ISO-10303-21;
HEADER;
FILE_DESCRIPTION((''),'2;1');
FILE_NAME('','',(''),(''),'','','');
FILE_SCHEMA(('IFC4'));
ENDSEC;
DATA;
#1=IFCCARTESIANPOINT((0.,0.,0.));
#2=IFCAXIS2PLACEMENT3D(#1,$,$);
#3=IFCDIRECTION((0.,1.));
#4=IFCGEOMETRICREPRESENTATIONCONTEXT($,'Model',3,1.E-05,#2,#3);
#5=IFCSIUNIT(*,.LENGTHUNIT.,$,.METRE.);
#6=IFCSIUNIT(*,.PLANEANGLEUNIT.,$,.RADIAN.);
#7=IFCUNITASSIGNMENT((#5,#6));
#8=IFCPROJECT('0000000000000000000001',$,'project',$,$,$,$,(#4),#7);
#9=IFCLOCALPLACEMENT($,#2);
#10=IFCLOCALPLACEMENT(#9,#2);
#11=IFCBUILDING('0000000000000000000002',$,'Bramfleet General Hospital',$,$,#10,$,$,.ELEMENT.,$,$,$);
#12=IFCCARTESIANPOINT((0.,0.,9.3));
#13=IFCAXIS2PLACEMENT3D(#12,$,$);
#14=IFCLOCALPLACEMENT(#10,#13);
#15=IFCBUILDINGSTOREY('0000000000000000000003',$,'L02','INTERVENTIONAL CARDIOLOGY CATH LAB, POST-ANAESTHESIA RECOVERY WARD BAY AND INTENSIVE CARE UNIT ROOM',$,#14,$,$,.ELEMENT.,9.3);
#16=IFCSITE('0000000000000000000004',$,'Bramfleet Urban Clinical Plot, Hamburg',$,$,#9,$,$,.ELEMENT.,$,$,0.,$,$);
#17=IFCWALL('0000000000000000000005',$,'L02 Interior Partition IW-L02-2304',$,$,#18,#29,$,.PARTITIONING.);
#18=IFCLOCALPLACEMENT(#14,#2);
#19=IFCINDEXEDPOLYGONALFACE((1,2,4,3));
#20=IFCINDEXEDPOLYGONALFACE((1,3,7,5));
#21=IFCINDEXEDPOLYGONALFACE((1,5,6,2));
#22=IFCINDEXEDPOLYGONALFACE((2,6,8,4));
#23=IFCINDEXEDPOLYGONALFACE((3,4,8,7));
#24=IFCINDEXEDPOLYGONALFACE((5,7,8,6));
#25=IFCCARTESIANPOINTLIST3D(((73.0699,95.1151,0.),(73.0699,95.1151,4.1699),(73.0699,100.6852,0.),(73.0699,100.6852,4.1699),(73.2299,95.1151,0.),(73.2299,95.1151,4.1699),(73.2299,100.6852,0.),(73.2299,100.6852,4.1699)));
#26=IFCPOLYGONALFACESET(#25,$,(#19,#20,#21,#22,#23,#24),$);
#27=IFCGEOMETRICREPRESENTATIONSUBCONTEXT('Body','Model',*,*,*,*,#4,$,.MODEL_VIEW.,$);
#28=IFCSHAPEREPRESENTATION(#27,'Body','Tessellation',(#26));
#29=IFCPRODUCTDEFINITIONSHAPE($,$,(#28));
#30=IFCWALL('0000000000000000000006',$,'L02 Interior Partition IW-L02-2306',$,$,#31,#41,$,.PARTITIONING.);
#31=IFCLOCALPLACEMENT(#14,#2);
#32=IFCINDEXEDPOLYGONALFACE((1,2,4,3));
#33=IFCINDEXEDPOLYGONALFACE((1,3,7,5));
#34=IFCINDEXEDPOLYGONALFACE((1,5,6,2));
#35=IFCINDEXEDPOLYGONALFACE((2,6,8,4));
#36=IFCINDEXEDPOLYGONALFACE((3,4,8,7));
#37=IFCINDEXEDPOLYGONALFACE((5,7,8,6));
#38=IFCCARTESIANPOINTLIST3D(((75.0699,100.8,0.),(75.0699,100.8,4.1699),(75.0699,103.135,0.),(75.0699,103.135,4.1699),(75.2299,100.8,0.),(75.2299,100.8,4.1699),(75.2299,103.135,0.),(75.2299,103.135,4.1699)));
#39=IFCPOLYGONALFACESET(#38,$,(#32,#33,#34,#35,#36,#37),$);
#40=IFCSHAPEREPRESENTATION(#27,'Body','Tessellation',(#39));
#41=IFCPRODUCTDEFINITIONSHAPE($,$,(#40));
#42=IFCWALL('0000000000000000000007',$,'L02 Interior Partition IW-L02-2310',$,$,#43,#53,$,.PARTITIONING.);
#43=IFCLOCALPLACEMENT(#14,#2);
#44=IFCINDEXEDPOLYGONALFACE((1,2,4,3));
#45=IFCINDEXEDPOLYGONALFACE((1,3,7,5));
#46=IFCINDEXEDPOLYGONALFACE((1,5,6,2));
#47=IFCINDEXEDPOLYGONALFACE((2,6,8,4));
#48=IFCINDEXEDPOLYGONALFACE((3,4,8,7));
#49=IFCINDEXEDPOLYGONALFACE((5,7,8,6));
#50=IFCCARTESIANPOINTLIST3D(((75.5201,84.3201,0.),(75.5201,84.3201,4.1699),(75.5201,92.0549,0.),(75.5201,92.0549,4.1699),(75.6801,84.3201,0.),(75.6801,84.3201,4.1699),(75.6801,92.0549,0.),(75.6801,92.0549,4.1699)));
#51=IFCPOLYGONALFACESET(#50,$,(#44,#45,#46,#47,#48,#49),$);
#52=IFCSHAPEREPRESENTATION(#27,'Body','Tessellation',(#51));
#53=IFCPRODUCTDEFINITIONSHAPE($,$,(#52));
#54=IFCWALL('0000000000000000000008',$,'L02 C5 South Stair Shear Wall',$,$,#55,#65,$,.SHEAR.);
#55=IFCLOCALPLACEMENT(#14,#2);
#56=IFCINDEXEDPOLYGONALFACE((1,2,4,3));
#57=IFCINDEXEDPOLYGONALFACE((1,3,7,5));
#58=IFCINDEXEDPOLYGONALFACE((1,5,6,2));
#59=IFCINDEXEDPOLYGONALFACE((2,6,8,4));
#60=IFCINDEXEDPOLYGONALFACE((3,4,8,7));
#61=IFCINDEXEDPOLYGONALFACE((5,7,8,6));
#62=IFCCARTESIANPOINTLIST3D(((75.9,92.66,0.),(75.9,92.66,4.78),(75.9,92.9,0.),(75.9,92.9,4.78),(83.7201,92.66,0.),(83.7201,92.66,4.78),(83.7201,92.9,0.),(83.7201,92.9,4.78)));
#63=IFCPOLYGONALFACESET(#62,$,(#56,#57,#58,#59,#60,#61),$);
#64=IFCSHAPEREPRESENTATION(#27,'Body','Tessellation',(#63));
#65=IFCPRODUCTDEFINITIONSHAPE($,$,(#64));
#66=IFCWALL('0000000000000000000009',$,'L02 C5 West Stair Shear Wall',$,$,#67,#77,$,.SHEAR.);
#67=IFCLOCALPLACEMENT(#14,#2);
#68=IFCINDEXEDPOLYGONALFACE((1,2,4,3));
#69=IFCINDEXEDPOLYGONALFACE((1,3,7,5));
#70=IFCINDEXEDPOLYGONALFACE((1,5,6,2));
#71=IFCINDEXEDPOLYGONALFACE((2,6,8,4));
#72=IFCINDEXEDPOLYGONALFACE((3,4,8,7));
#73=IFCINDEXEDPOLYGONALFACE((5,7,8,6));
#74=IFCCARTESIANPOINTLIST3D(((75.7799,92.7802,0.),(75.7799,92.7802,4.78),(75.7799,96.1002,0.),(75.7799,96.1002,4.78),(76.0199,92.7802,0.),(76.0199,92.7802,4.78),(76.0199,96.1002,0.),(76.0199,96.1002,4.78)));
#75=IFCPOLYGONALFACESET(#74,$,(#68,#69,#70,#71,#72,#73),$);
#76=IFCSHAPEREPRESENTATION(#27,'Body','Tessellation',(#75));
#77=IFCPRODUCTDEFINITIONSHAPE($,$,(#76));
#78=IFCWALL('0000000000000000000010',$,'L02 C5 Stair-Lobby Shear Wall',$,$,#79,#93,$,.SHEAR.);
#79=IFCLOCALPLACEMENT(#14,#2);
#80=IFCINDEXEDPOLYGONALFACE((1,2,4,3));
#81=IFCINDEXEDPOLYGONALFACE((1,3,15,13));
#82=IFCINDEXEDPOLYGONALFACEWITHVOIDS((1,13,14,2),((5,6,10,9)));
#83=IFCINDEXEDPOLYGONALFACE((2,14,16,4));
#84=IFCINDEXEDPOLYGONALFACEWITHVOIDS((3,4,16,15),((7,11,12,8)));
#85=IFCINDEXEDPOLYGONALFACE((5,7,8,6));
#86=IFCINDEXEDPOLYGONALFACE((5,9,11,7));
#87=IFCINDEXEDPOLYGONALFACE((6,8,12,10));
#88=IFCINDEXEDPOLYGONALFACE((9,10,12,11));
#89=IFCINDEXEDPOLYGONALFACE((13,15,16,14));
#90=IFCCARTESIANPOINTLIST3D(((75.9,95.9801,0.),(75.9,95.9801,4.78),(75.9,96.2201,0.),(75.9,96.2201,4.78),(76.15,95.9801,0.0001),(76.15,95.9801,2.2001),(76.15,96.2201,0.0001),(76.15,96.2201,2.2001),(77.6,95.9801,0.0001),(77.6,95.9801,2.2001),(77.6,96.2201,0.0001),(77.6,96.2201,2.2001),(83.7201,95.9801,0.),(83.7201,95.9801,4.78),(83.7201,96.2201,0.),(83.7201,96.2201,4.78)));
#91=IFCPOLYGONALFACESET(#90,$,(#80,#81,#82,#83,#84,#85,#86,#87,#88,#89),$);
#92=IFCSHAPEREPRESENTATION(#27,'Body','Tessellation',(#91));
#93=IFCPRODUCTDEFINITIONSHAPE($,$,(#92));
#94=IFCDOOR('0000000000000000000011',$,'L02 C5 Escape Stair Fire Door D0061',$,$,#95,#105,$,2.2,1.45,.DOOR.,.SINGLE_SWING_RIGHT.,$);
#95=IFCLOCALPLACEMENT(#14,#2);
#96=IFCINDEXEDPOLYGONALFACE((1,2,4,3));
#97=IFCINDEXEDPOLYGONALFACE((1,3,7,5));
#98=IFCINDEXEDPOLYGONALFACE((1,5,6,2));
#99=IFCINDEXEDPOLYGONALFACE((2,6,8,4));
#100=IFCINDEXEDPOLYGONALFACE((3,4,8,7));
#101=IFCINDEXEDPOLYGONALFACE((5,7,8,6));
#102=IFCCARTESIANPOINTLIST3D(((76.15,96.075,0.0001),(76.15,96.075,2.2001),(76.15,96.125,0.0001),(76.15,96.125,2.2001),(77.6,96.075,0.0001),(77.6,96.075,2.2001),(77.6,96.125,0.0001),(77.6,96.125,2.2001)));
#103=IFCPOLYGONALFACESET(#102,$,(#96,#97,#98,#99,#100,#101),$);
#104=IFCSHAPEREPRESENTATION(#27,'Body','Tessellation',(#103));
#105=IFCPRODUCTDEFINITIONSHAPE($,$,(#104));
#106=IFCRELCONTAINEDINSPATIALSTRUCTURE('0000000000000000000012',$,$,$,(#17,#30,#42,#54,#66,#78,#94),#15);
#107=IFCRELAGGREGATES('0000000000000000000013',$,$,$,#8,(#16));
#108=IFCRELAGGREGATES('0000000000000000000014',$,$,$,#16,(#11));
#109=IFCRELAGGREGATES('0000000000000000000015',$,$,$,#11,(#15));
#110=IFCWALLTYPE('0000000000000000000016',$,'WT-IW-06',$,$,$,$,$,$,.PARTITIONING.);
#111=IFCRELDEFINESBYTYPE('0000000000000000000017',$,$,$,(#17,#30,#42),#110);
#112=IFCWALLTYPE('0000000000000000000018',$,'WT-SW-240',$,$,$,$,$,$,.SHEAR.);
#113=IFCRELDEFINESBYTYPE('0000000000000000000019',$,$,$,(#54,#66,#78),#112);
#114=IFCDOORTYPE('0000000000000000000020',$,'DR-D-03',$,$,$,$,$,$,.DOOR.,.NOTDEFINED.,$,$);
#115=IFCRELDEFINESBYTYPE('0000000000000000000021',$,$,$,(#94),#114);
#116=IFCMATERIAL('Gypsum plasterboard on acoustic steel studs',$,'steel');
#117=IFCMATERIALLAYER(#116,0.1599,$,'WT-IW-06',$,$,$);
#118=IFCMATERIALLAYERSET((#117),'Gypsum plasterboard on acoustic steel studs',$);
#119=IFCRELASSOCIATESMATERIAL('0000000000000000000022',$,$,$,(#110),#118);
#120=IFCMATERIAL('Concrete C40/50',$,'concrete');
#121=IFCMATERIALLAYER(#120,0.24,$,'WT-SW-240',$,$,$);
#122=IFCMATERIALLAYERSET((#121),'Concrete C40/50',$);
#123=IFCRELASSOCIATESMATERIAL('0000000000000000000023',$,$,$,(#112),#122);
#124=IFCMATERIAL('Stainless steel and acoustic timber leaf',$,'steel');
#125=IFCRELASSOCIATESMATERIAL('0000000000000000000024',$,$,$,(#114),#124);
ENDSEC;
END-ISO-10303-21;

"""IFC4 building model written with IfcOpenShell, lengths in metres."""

from ifc_helpers import new_model, si_unit, direction, frame, frame_2d, origin, place, context, subcontext, project, spatial, rectangle, extrude, material, layer, layer_set, type_object, element, fill, save


model = new_model("IFC4")

# Units and contexts
model_context = context("Model", 3, precision=1e-05, world=origin(), true_north=direction((0.0, 1.0)))
body_context = subcontext(model_context, "Body", "Model", "MODEL_VIEW")
ifc_project = project(units=[si_unit("LENGTHUNIT", "METRE"), si_unit("PLANEANGLEUNIT", "RADIAN")], contexts=[model_context])

# Site, building, storey
site_placement = place(None, origin())
site = spatial("IfcSite", under=ifc_project, at=site_placement, Name="Bramfleet Urban Clinical Plot, Hamburg", CompositionType="ELEMENT", RefElevation=0.0)
building_placement = place(site_placement, origin())
building = spatial("IfcBuilding", under=site, at=building_placement, Name="Bramfleet General Hospital", CompositionType="ELEMENT")
storey_placement = place(building_placement, frame((0.0, 0.0, 9.3)))
storey = spatial("IfcBuildingStorey", under=building, at=storey_placement, Name="L02", Description="INTERVENTIONAL CARDIOLOGY CATH LAB, POST-ANAESTHESIA RECOVERY WARD BAY AND INTENSIVE CARE UNIT ROOM", CompositionType="ELEMENT", Elevation=9.3)

# Shared definitions
ifc_material_1 = material(Name="Concrete C40/50", Category="concrete")

# Shared definitions
ifc_material_2 = material(Name="Stainless steel and acoustic timber leaf", Category="steel")

# Shared definitions
ifc_material_3 = material(Name="Gypsum plasterboard on acoustic steel studs", Category="steel")
ifc_layer_1 = layer(ifc_material_3, 0.1599, Name="WT-IW-06")
ifc_layer_set_1 = layer_set([ifc_layer_1], Name="Gypsum plasterboard on acoustic steel studs")
wall_type_1 = type_object("IfcWallType", Name="WT-IW-06", PredefinedType="PARTITIONING", material=ifc_layer_set_1)

# Walls
wall_1_placement = place(storey_placement, frame((73.1499, 95.115, 0.0), z_axis=(0.0, 0.0, 1.0), x_axis=(0.0, 1.0, 0.0)))
element("IfcWall", 1, at=wall_1_placement, inside=storey, type_object=wall_type_1, Name="L02 Interior Partition IW-L02-2304", PredefinedType="PARTITIONING", context=body_context, shape_type="SweptSolid", body=[
    extrude(rectangle(XDim=5.5701, YDim=0.1599, at=frame_2d((2.7852, 0.0))), origin(), (0.0, 0.0, 1.0), 4.1699),
])
wall_2_placement = place(storey_placement, frame((75.1499, 100.8, 0.0), z_axis=(0.0, 0.0, 1.0), x_axis=(0.0, 1.0, 0.0)))
element("IfcWall", 2, at=wall_2_placement, inside=storey, type_object=wall_type_1, Name="L02 Interior Partition IW-L02-2306", PredefinedType="PARTITIONING", context=body_context, shape_type="SweptSolid", body=[
    extrude(rectangle(XDim=2.335, YDim=0.1599, at=frame_2d((1.1675, 0.0))), origin(), (0.0, 0.0, 1.0), 4.1699),
])
wall_3_placement = place(storey_placement, frame((75.6001, 84.3201, 0.0), z_axis=(0.0, 0.0, 1.0), x_axis=(0.0, 1.0, 0.0)))
element("IfcWall", 3, at=wall_3_placement, inside=storey, type_object=wall_type_1, Name="L02 Interior Partition IW-L02-2310", PredefinedType="PARTITIONING", context=body_context, shape_type="SweptSolid", body=[
    extrude(rectangle(XDim=7.7349, YDim=0.1599, at=frame_2d((3.8674, 0.0))), origin(), (0.0, 0.0, 1.0), 4.1699),
])
ifc_layer_2 = layer(ifc_material_1, 0.24, Name="WT-SW-240")
ifc_layer_set_2 = layer_set([ifc_layer_2], Name="Concrete C40/50")
wall_type_2 = type_object("IfcWallType", Name="WT-SW-240", PredefinedType="SHEAR", material=ifc_layer_set_2)
wall_4_placement = place(storey_placement, frame((75.8999, 92.78, 0.0), z_axis=(0.0, 0.0, 1.0), x_axis=(1.0, 0.0, 0.0)))
element("IfcWall", 4, at=wall_4_placement, inside=storey, type_object=wall_type_2, Name="L02 C5 South Stair Shear Wall", PredefinedType="SHEAR", context=body_context, shape_type="SweptSolid", body=[
    extrude(rectangle(XDim=7.8201, YDim=0.24, at=frame_2d((3.9102, 0.0))), origin(), (0.0, 0.0, 1.0), 4.78),
])
wall_5_placement = place(storey_placement, frame((75.8999, 92.78, 0.0), z_axis=(0.0, 0.0, 1.0), x_axis=(0.0, 1.0, 0.0)))
element("IfcWall", 5, at=wall_5_placement, inside=storey, type_object=wall_type_2, Name="L02 C5 West Stair Shear Wall", PredefinedType="SHEAR", context=body_context, shape_type="SweptSolid", body=[
    extrude(rectangle(XDim=3.3201, YDim=0.24, at=frame_2d((1.6602, 0.0))), origin(), (0.0, 0.0, 1.0), 4.78),
])

# Wall, opening, door
wall_6_placement = place(storey_placement, frame((75.8999, 96.1001, 0.0), z_axis=(0.0, 0.0, 1.0), x_axis=(1.0, 0.0, 0.0)))
wall_6 = element("IfcWall", 6, at=wall_6_placement, inside=storey, type_object=wall_type_2, Name="L02 C5 Stair-Lobby Shear Wall", PredefinedType="SHEAR", context=body_context, shape_type="SweptSolid", body=[
    extrude(rectangle(XDim=7.8201, YDim=0.24, at=frame_2d((3.9102, 0.0))), origin(), (0.0, 0.0, 1.0), 4.78),
])
opening_1_placement = place(wall_6_placement, frame((0.25, 0.0, 0.0)))
opening_1 = element("IfcOpeningElement", 7, at=opening_1_placement, cuts=wall_6, PredefinedType="OPENING", context=body_context, shape_type="SweptSolid", body=[
    extrude(rectangle(XDim=1.45, YDim=2.2, at=frame_2d((0.7251, 1.1001))), frame((0.0, 0.1299, 0.0), z_axis=(0.0, -1.0, 0.0), x_axis=(1.0, 0.0, 0.0)), (0.0, 0.0, 1.0), 0.26),
])
door_type_1 = type_object("IfcDoorType", Name="DR-D-03", OperationType="NOTDEFINED", PredefinedType="DOOR", material=ifc_material_2)
door_1_placement = place(opening_1_placement, origin())
door_1 = element("IfcDoor", 8, at=door_1_placement, inside=storey, type_object=door_type_1, Name="L02 C5 Escape Stair Fire Door D0061", OperationType="SINGLE_SWING_RIGHT", OverallHeight=2.2, OverallWidth=1.45, PredefinedType="DOOR", context=body_context, shape_type="SweptSolid", body=[
    extrude(rectangle(XDim=1.45, YDim=2.2, at=frame_2d((0.7251, 1.1001))), frame((0.0, 0.0249, 0.0), z_axis=(0.0, -1.0, 0.0), x_axis=(1.0, 0.0, 0.0)), (0.0, 0.0, 1.0), 0.05),
])
fill(opening_1, door_1)

save(model, "model.ifc")
